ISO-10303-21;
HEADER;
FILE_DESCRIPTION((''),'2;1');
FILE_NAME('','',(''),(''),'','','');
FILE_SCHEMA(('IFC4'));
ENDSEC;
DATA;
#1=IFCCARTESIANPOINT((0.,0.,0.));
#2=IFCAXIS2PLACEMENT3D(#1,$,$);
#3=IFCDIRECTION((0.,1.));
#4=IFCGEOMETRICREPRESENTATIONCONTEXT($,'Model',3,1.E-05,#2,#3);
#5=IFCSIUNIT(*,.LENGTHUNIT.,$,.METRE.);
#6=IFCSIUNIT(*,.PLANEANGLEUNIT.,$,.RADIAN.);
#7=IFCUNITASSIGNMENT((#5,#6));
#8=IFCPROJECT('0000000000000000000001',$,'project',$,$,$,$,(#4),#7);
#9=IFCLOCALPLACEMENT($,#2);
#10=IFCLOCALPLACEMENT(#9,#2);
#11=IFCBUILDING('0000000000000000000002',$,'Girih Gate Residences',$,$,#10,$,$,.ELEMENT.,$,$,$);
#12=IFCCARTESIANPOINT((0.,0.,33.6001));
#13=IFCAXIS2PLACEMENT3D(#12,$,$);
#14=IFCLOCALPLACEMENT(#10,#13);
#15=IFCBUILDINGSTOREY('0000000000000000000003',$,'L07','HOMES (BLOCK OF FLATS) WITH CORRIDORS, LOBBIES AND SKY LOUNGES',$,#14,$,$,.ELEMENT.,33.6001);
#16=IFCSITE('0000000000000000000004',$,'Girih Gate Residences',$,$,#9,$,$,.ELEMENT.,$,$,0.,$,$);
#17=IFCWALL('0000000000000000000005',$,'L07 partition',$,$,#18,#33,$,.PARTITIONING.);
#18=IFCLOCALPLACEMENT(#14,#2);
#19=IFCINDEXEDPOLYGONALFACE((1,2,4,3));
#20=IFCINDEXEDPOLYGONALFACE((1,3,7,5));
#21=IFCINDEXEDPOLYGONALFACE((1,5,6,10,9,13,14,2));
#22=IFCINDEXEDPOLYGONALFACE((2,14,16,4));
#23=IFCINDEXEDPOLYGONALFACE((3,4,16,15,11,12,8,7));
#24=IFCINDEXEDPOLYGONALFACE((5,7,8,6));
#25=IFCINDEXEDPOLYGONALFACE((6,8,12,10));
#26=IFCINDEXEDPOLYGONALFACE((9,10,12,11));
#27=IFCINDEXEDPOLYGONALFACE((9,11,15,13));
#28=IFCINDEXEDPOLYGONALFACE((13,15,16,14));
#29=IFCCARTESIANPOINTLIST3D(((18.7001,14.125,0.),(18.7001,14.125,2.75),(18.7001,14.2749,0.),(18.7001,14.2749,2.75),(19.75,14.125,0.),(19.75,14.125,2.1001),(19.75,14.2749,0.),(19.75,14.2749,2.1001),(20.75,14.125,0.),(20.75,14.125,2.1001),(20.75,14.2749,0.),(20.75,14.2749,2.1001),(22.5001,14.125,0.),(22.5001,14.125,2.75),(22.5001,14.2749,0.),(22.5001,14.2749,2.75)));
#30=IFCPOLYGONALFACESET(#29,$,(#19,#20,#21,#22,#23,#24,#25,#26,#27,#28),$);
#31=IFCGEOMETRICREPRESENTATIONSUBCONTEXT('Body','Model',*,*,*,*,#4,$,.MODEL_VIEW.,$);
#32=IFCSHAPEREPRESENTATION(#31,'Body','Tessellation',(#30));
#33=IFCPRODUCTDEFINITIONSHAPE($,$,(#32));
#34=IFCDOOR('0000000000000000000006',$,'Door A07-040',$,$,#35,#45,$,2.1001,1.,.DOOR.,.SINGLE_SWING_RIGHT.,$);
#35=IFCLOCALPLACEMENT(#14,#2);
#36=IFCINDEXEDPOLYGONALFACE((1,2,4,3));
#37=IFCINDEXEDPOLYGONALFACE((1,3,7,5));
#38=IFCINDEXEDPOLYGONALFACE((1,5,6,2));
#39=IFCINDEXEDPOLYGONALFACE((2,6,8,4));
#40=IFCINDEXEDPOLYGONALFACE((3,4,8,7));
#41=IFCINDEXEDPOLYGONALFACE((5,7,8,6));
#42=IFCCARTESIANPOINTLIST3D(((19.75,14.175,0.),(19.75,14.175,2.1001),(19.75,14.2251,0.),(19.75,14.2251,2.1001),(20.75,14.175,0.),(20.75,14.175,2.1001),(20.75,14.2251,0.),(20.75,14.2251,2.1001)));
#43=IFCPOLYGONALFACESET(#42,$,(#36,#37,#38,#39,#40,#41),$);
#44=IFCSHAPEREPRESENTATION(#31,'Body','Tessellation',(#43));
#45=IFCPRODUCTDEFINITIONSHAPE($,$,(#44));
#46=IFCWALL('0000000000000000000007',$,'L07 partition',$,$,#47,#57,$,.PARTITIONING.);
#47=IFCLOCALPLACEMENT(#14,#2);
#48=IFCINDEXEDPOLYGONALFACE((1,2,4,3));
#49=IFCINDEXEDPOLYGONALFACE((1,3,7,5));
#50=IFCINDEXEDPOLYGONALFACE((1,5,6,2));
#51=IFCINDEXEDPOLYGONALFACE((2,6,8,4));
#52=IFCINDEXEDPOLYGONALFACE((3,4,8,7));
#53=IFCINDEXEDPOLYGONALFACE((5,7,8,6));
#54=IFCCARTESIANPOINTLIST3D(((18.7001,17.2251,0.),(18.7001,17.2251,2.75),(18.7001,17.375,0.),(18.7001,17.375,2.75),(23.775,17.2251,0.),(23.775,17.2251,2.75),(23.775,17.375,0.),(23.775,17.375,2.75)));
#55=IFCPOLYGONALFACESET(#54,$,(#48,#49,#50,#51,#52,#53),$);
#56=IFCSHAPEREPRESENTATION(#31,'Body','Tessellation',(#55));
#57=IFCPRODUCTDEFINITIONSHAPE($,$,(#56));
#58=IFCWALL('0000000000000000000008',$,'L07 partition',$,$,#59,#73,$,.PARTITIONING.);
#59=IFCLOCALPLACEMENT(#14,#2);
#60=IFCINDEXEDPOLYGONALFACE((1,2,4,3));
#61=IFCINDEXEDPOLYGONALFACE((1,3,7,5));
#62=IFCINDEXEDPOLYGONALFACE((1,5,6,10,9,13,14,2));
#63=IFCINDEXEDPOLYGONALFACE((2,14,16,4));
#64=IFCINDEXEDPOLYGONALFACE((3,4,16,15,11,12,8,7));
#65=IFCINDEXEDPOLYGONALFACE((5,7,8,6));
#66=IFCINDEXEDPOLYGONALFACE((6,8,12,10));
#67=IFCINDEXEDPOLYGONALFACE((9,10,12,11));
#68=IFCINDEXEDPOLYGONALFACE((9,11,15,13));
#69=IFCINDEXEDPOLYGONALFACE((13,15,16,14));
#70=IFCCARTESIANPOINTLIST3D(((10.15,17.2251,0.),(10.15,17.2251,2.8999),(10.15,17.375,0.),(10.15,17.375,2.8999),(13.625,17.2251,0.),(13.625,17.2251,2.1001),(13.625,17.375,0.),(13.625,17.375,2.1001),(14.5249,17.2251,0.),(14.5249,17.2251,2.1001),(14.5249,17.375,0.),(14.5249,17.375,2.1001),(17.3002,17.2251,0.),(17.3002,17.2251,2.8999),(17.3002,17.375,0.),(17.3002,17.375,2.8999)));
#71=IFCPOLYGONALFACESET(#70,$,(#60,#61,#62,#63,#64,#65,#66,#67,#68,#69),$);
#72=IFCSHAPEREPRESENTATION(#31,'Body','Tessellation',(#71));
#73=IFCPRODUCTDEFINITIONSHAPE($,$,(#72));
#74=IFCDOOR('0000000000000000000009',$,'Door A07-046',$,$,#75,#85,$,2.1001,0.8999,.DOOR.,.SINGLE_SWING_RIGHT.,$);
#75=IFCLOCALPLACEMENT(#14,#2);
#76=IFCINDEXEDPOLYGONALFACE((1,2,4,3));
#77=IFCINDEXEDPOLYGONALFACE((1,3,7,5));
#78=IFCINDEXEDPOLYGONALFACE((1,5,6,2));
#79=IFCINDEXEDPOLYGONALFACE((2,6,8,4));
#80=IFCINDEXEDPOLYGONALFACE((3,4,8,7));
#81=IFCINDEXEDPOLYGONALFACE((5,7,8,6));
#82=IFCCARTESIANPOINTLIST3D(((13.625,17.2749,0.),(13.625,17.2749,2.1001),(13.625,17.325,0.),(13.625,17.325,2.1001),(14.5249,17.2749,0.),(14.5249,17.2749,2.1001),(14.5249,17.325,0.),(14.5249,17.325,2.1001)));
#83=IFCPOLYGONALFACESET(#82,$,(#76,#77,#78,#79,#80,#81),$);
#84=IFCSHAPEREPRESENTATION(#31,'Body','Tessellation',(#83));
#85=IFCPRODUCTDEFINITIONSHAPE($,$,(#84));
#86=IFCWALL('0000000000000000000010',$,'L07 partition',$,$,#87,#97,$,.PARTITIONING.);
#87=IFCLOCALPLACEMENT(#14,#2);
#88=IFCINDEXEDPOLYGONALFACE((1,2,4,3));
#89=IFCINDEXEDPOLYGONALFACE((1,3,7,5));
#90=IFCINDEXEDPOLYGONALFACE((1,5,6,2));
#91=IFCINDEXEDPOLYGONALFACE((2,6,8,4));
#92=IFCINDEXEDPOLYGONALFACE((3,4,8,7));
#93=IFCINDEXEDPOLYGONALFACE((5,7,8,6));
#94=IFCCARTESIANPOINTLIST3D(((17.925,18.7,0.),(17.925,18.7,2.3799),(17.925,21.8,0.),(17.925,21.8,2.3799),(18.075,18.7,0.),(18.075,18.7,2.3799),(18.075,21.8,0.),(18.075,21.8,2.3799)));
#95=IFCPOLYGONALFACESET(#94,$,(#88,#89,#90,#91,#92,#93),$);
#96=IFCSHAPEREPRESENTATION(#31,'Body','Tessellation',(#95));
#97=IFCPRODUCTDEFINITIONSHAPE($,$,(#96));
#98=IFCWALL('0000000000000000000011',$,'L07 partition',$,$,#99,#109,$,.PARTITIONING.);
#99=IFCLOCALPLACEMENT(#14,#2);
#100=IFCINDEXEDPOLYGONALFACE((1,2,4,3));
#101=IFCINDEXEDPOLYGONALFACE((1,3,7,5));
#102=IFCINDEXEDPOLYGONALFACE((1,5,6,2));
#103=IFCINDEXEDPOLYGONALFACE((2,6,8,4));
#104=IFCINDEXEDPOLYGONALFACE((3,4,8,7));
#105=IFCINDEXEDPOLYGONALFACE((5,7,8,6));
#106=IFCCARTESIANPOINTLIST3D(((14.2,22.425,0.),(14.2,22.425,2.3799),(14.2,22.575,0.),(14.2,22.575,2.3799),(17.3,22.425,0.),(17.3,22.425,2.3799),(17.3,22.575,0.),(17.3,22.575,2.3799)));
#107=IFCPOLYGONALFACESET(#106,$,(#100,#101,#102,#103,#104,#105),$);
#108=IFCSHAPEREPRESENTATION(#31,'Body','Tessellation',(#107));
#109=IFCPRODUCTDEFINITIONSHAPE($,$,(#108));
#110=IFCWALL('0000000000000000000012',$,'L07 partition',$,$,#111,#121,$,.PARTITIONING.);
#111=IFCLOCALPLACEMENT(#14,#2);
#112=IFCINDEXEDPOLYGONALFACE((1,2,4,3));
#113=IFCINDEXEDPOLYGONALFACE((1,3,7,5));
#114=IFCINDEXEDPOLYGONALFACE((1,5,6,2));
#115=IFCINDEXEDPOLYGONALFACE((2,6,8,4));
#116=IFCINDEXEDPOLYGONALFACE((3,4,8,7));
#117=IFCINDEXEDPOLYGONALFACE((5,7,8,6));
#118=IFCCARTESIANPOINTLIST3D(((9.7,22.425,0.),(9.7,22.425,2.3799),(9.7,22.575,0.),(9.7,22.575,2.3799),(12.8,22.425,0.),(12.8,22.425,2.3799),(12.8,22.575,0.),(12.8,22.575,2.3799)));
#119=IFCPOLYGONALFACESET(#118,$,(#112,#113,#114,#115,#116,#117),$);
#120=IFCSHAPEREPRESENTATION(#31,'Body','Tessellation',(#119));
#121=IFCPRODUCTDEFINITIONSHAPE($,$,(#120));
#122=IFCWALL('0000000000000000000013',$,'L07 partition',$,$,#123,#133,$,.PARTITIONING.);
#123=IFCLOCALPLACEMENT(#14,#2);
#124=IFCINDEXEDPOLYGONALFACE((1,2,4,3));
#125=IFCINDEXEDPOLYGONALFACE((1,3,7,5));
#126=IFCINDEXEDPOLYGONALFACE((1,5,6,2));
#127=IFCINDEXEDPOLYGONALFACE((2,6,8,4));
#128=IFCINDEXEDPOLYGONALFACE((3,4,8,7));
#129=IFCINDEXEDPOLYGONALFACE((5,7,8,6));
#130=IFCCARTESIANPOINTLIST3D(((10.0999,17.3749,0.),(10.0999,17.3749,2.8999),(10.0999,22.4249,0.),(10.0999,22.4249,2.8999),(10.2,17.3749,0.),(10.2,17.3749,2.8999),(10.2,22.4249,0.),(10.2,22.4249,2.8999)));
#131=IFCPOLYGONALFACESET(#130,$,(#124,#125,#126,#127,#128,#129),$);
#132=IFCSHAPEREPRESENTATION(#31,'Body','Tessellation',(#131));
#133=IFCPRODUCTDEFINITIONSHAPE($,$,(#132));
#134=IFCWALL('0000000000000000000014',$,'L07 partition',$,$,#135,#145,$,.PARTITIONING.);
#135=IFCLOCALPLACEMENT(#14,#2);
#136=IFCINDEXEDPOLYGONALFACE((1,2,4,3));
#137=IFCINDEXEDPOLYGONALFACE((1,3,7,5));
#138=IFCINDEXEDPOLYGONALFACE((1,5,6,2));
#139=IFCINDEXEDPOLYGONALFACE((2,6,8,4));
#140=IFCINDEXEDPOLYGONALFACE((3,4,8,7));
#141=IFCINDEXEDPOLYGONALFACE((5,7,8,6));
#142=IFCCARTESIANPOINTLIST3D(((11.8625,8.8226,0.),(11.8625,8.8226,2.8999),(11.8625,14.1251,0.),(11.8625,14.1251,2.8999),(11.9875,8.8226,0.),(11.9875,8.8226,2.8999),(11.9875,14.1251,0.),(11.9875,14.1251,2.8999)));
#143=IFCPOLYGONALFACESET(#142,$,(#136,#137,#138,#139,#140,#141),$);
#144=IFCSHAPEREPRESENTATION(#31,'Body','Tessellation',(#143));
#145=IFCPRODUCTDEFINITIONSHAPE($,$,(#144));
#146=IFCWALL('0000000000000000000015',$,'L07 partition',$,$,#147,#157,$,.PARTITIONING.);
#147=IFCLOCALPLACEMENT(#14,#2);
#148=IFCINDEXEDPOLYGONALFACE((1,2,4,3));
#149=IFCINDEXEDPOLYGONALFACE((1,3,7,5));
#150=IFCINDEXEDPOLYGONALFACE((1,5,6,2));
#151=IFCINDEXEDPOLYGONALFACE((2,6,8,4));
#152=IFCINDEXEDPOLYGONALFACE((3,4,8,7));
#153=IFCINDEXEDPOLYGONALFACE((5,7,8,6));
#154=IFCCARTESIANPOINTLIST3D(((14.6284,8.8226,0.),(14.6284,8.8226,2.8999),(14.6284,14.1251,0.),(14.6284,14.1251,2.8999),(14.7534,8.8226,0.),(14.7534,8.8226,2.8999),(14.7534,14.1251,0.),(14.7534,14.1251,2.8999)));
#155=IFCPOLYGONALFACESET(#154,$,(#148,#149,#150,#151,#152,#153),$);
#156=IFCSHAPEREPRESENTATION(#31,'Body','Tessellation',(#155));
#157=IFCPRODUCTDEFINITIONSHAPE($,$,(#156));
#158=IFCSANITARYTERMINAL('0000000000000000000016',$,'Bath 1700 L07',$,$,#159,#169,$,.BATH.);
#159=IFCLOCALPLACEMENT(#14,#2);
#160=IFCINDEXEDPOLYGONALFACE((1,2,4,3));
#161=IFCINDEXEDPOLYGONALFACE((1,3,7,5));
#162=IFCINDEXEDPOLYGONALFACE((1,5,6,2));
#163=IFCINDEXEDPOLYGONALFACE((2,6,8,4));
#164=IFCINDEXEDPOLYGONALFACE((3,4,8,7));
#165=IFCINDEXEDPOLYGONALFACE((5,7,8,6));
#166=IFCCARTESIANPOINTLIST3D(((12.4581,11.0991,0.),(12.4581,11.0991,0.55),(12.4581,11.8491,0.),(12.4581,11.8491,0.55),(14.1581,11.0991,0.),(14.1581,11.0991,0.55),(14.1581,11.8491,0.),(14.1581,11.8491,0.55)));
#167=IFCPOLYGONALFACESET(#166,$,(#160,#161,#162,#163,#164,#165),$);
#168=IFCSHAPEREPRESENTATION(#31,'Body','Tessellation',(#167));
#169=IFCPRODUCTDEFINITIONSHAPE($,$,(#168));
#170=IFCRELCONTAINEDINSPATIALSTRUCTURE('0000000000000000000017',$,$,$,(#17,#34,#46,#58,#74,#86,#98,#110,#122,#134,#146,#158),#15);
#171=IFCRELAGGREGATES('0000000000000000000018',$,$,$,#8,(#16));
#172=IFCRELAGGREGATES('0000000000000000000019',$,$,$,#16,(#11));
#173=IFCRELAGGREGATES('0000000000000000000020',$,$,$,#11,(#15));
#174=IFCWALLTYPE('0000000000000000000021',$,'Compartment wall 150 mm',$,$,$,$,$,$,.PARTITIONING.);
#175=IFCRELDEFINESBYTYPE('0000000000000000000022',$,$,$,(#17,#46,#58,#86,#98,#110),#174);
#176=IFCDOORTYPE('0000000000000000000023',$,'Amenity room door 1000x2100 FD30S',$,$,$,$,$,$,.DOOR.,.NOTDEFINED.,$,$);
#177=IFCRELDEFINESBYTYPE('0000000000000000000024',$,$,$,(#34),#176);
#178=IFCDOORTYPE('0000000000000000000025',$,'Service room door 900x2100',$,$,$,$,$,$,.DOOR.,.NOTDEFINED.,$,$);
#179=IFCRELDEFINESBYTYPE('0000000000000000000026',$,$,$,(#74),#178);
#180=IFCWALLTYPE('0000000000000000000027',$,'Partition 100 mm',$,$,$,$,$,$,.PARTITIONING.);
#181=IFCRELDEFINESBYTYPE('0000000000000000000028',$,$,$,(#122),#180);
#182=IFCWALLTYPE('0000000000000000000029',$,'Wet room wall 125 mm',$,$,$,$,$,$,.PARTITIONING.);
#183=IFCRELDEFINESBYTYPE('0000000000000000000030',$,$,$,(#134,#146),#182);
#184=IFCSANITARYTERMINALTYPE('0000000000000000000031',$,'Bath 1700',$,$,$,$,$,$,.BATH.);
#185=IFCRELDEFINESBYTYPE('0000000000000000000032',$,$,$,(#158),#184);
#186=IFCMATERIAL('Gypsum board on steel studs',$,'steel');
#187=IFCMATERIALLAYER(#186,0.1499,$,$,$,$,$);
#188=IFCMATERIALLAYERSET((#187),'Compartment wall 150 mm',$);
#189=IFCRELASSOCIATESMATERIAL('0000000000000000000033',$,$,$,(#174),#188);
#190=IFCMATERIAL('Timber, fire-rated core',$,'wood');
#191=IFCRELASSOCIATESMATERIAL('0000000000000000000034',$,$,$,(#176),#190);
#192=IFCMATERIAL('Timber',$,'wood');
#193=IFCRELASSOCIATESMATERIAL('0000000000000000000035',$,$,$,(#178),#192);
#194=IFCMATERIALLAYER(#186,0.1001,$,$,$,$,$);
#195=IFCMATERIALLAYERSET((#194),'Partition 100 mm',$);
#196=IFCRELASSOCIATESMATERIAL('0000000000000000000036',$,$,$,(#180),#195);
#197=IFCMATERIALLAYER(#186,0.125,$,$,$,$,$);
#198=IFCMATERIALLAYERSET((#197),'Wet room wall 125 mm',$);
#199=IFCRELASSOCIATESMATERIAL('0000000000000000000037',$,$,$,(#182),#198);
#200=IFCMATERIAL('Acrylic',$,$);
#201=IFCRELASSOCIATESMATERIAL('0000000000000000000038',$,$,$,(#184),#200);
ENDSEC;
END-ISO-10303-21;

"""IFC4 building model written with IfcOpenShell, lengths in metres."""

from ifc_helpers import new_model, si_unit, direction, frame, frame_2d, origin, origin_2d, place, context, subcontext, project, spatial, rectangle, extrude, material, layer, layer_set, type_object, element, fill, save


model = new_model("IFC4")

# Units and contexts
model_context = context("Model", 3, precision=1e-05, world=origin(), true_north=direction((0.0, 1.0)))
body_context = subcontext(model_context, "Body", "Model", "MODEL_VIEW")
ifc_project = project(units=[si_unit("LENGTHUNIT", "METRE"), si_unit("PLANEANGLEUNIT", "RADIAN")], contexts=[model_context])

# Site, building, storey
site_placement = place(None, origin())
site = spatial("IfcSite", under=ifc_project, at=site_placement, Name="Girih Gate Residences", CompositionType="ELEMENT", RefElevation=0.0)
building_placement = place(site_placement, origin())
building = spatial("IfcBuilding", under=site, at=building_placement, Name="Girih Gate Residences", CompositionType="ELEMENT")
storey_placement = place(building_placement, frame((0.0, 0.0, 33.6001)))
storey = spatial("IfcBuildingStorey", under=building, at=storey_placement, Name="L07", Description="HOMES (BLOCK OF FLATS) WITH CORRIDORS, LOBBIES AND SKY LOUNGES", CompositionType="ELEMENT", Elevation=33.6001)

# Shared definitions
ifc_material_1 = material(Name="Gypsum board on steel studs", Category="steel")
ifc_layer_1 = layer(ifc_material_1, 0.1499)
ifc_layer_set_1 = layer_set([ifc_layer_1], Name="Compartment wall 150 mm")
wall_type_1 = type_object("IfcWallType", Name="Compartment wall 150 mm", PredefinedType="PARTITIONING", material=ifc_layer_set_1)

# Wall, opening, door
ifc_material_2 = material(Name="Timber, fire-rated core", Category="wood")
wall_1_placement = place(storey_placement, frame((22.5, 14.2, 0.0), z_axis=(0.0, 0.0, 1.0), x_axis=(-1.0, 0.0, 0.0)))
wall_1 = element("IfcWall", 1, at=wall_1_placement, inside=storey, type_object=wall_type_1, Name="L07 partition", PredefinedType="PARTITIONING", context=body_context, shape_type="SweptSolid", body=[
    extrude(rectangle(XDim=3.8, YDim=0.1499, at=frame_2d((1.8999, 0.0))), origin(), (0.0, 0.0, 1.0), 2.75),
])
opening_1_placement = place(wall_1_placement, frame((1.75, 0.0, 0.0)))
opening_1 = element("IfcOpeningElement", 2, at=opening_1_placement, cuts=wall_1, PredefinedType="OPENING", context=body_context, shape_type="SweptSolid", body=[
    extrude(rectangle(XDim=1.0, YDim=2.1001, at=frame_2d((0.5, 1.05))), frame((0.0, 0.085, 0.0), z_axis=(0.0, -1.0, 0.0), x_axis=(1.0, 0.0, 0.0)), (0.0, 0.0, 1.0), 0.1699),
])
door_type_1 = type_object("IfcDoorType", Name="Amenity room door 1000x2100 FD30S", OperationType="NOTDEFINED", PredefinedType="DOOR", material=ifc_material_2)
door_1_placement = place(opening_1_placement, origin())
door_1 = element("IfcDoor", 3, at=door_1_placement, inside=storey, type_object=door_type_1, Name="Door A07-040", OperationType="SINGLE_SWING_RIGHT", OverallHeight=2.1001, OverallWidth=1.0, PredefinedType="DOOR", context=body_context, shape_type="SweptSolid", body=[
    extrude(rectangle(XDim=1.0, YDim=2.1001, at=frame_2d((0.5, 1.05))), frame((0.0, 0.0249, 0.0), z_axis=(0.0, -1.0, 0.0), x_axis=(1.0, 0.0, 0.0)), (0.0, 0.0, 1.0), 0.05),
])
fill(opening_1, door_1)

# Wall
wall_2_placement = place(storey_placement, frame((18.7, 17.3, 0.0), z_axis=(0.0, 0.0, 1.0), x_axis=(1.0, 0.0, 0.0)))
element("IfcWall", 4, at=wall_2_placement, inside=storey, type_object=wall_type_1, Name="L07 partition", PredefinedType="PARTITIONING", context=body_context, shape_type="SweptSolid", body=[
    extrude(rectangle(XDim=5.075, YDim=0.1499, at=frame_2d((2.5376, 0.0))), origin(), (0.0, 0.0, 1.0), 2.75),
])

# Wall, opening, door
wall_3_placement = place(storey_placement, frame((10.1499, 17.3, 0.0), z_axis=(0.0, 0.0, 1.0), x_axis=(1.0, 0.0, 0.0)))
wall_3 = element("IfcWall", 5, at=wall_3_placement, inside=storey, type_object=wall_type_1, Name="L07 partition", PredefinedType="PARTITIONING", context=body_context, shape_type="SweptSolid", body=[
    extrude(rectangle(XDim=7.1501, YDim=0.1499, at=frame_2d((3.5752, 0.0))), origin(), (0.0, 0.0, 1.0), 2.8999),
])
opening_2_placement = place(wall_3_placement, frame((3.4751, 0.0, 0.0)))
opening_2 = element("IfcOpeningElement", 6, at=opening_2_placement, cuts=wall_3, PredefinedType="OPENING", context=body_context, shape_type="SweptSolid", body=[
    extrude(rectangle(XDim=0.8999, YDim=2.1001, at=frame_2d((0.45, 1.05))), frame((0.0, 0.085, 0.0), z_axis=(0.0, -1.0, 0.0), x_axis=(1.0, 0.0, 0.0)), (0.0, 0.0, 1.0), 0.1699),
])
ifc_material_3 = material(Name="Timber", Category="wood")
door_type_2 = type_object("IfcDoorType", Name="Service room door 900x2100", OperationType="NOTDEFINED", PredefinedType="DOOR", material=ifc_material_3)
door_2_placement = place(opening_2_placement, origin())
door_2 = element("IfcDoor", 7, at=door_2_placement, inside=storey, type_object=door_type_2, Name="Door A07-046", OperationType="SINGLE_SWING_RIGHT", OverallHeight=2.1001, OverallWidth=0.8999, PredefinedType="DOOR", context=body_context, shape_type="SweptSolid", body=[
    extrude(rectangle(XDim=0.8999, YDim=2.1001, at=frame_2d((0.45, 1.05))), frame((0.0, 0.0249, 0.0), z_axis=(0.0, -1.0, 0.0), x_axis=(1.0, 0.0, 0.0)), (0.0, 0.0, 1.0), 0.05),
])
fill(opening_2, door_2)

# Walls
for number, where, z_axis, x_axis, name in (
    (8, (18.0, 18.7, 0.0), (0.0, 0.0, 1.0), (0.0, 1.0, 0.0), "L07 partition"),
    (9, (14.2, 22.5, 0.0), (0.0, 0.0, 1.0), (1.0, 0.0, 0.0), "L07 partition"),
    (10, (9.7, 22.5, 0.0), (0.0, 0.0, 1.0), (1.0, 0.0, 0.0), "L07 partition"),
):
    element("IfcWall", number, at=place(storey_placement, frame(where, z_axis=z_axis, x_axis=x_axis)), inside=storey, type_object=wall_type_1, Name=name, PredefinedType="PARTITIONING", context=body_context, shape_type="SweptSolid", body=[
        extrude(rectangle(XDim=3.1001, YDim=0.1499, at=frame_2d((1.55, 0.0))), origin(), (0.0, 0.0, 1.0), 2.3799),
    ])
ifc_layer_2 = layer(ifc_material_1, 0.1001)
ifc_layer_set_2 = layer_set([ifc_layer_2], Name="Partition 100 mm")
wall_type_2 = type_object("IfcWallType", Name="Partition 100 mm", PredefinedType="PARTITIONING", material=ifc_layer_set_2)
wall_4_placement = place(storey_placement, frame((10.1499, 17.375, 0.0), z_axis=(0.0, 0.0, 1.0), x_axis=(0.0, 1.0, 0.0)))
element("IfcWall", 11, at=wall_4_placement, inside=storey, type_object=wall_type_2, Name="L07 partition", PredefinedType="PARTITIONING", context=body_context, shape_type="SweptSolid", body=[
    extrude(rectangle(XDim=5.05, YDim=0.1001, at=frame_2d((2.5249, 0.0))), origin(), (0.0, 0.0, 1.0), 2.8999),
])
ifc_layer_3 = layer(ifc_material_1, 0.125)
ifc_layer_set_3 = layer_set([ifc_layer_3], Name="Wet room wall 125 mm")
wall_type_3 = type_object("IfcWallType", Name="Wet room wall 125 mm", PredefinedType="PARTITIONING", material=ifc_layer_set_3)
for number, where, z_axis, x_axis, name in (
    (12, (11.925, 8.8225, 0.0), (0.0, 0.0, 1.0), (0.0, 1.0, 0.0), "L07 partition"),
    (13, (14.6909, 8.8225, 0.0), (0.0, 0.0, 1.0), (0.0, 1.0, 0.0), "L07 partition"),
):
    element("IfcWall", number, at=place(storey_placement, frame(where, z_axis=z_axis, x_axis=x_axis)), inside=storey, type_object=wall_type_3, Name=name, PredefinedType="PARTITIONING", context=body_context, shape_type="SweptSolid", body=[
        extrude(rectangle(XDim=5.3025, YDim=0.125, at=frame_2d((2.6514, 0.0))), origin(), (0.0, 0.0, 1.0), 2.8999),
    ])

# Sanitary terminal
ifc_material_4 = material(Name="Acrylic")
sanitary_terminal_type = type_object("IfcSanitaryTerminalType", Name="Bath 1700", PredefinedType="BATH", material=ifc_material_4)
sanitary_terminal_placement = place(storey_placement, frame((13.3081, 11.4741, 0.0), z_axis=(0.0, 0.0, 1.0), x_axis=(1.0, 0.0, 0.0)))
element("IfcSanitaryTerminal", 14, at=sanitary_terminal_placement, inside=storey, type_object=sanitary_terminal_type, Name="Bath 1700 L07", PredefinedType="BATH", context=body_context, shape_type="SweptSolid", body=[
    extrude(rectangle(XDim=1.7, YDim=0.75, at=origin_2d()), origin(), (0.0, 0.0, 1.0), 0.55),
])

save(model, "model.ifc")
